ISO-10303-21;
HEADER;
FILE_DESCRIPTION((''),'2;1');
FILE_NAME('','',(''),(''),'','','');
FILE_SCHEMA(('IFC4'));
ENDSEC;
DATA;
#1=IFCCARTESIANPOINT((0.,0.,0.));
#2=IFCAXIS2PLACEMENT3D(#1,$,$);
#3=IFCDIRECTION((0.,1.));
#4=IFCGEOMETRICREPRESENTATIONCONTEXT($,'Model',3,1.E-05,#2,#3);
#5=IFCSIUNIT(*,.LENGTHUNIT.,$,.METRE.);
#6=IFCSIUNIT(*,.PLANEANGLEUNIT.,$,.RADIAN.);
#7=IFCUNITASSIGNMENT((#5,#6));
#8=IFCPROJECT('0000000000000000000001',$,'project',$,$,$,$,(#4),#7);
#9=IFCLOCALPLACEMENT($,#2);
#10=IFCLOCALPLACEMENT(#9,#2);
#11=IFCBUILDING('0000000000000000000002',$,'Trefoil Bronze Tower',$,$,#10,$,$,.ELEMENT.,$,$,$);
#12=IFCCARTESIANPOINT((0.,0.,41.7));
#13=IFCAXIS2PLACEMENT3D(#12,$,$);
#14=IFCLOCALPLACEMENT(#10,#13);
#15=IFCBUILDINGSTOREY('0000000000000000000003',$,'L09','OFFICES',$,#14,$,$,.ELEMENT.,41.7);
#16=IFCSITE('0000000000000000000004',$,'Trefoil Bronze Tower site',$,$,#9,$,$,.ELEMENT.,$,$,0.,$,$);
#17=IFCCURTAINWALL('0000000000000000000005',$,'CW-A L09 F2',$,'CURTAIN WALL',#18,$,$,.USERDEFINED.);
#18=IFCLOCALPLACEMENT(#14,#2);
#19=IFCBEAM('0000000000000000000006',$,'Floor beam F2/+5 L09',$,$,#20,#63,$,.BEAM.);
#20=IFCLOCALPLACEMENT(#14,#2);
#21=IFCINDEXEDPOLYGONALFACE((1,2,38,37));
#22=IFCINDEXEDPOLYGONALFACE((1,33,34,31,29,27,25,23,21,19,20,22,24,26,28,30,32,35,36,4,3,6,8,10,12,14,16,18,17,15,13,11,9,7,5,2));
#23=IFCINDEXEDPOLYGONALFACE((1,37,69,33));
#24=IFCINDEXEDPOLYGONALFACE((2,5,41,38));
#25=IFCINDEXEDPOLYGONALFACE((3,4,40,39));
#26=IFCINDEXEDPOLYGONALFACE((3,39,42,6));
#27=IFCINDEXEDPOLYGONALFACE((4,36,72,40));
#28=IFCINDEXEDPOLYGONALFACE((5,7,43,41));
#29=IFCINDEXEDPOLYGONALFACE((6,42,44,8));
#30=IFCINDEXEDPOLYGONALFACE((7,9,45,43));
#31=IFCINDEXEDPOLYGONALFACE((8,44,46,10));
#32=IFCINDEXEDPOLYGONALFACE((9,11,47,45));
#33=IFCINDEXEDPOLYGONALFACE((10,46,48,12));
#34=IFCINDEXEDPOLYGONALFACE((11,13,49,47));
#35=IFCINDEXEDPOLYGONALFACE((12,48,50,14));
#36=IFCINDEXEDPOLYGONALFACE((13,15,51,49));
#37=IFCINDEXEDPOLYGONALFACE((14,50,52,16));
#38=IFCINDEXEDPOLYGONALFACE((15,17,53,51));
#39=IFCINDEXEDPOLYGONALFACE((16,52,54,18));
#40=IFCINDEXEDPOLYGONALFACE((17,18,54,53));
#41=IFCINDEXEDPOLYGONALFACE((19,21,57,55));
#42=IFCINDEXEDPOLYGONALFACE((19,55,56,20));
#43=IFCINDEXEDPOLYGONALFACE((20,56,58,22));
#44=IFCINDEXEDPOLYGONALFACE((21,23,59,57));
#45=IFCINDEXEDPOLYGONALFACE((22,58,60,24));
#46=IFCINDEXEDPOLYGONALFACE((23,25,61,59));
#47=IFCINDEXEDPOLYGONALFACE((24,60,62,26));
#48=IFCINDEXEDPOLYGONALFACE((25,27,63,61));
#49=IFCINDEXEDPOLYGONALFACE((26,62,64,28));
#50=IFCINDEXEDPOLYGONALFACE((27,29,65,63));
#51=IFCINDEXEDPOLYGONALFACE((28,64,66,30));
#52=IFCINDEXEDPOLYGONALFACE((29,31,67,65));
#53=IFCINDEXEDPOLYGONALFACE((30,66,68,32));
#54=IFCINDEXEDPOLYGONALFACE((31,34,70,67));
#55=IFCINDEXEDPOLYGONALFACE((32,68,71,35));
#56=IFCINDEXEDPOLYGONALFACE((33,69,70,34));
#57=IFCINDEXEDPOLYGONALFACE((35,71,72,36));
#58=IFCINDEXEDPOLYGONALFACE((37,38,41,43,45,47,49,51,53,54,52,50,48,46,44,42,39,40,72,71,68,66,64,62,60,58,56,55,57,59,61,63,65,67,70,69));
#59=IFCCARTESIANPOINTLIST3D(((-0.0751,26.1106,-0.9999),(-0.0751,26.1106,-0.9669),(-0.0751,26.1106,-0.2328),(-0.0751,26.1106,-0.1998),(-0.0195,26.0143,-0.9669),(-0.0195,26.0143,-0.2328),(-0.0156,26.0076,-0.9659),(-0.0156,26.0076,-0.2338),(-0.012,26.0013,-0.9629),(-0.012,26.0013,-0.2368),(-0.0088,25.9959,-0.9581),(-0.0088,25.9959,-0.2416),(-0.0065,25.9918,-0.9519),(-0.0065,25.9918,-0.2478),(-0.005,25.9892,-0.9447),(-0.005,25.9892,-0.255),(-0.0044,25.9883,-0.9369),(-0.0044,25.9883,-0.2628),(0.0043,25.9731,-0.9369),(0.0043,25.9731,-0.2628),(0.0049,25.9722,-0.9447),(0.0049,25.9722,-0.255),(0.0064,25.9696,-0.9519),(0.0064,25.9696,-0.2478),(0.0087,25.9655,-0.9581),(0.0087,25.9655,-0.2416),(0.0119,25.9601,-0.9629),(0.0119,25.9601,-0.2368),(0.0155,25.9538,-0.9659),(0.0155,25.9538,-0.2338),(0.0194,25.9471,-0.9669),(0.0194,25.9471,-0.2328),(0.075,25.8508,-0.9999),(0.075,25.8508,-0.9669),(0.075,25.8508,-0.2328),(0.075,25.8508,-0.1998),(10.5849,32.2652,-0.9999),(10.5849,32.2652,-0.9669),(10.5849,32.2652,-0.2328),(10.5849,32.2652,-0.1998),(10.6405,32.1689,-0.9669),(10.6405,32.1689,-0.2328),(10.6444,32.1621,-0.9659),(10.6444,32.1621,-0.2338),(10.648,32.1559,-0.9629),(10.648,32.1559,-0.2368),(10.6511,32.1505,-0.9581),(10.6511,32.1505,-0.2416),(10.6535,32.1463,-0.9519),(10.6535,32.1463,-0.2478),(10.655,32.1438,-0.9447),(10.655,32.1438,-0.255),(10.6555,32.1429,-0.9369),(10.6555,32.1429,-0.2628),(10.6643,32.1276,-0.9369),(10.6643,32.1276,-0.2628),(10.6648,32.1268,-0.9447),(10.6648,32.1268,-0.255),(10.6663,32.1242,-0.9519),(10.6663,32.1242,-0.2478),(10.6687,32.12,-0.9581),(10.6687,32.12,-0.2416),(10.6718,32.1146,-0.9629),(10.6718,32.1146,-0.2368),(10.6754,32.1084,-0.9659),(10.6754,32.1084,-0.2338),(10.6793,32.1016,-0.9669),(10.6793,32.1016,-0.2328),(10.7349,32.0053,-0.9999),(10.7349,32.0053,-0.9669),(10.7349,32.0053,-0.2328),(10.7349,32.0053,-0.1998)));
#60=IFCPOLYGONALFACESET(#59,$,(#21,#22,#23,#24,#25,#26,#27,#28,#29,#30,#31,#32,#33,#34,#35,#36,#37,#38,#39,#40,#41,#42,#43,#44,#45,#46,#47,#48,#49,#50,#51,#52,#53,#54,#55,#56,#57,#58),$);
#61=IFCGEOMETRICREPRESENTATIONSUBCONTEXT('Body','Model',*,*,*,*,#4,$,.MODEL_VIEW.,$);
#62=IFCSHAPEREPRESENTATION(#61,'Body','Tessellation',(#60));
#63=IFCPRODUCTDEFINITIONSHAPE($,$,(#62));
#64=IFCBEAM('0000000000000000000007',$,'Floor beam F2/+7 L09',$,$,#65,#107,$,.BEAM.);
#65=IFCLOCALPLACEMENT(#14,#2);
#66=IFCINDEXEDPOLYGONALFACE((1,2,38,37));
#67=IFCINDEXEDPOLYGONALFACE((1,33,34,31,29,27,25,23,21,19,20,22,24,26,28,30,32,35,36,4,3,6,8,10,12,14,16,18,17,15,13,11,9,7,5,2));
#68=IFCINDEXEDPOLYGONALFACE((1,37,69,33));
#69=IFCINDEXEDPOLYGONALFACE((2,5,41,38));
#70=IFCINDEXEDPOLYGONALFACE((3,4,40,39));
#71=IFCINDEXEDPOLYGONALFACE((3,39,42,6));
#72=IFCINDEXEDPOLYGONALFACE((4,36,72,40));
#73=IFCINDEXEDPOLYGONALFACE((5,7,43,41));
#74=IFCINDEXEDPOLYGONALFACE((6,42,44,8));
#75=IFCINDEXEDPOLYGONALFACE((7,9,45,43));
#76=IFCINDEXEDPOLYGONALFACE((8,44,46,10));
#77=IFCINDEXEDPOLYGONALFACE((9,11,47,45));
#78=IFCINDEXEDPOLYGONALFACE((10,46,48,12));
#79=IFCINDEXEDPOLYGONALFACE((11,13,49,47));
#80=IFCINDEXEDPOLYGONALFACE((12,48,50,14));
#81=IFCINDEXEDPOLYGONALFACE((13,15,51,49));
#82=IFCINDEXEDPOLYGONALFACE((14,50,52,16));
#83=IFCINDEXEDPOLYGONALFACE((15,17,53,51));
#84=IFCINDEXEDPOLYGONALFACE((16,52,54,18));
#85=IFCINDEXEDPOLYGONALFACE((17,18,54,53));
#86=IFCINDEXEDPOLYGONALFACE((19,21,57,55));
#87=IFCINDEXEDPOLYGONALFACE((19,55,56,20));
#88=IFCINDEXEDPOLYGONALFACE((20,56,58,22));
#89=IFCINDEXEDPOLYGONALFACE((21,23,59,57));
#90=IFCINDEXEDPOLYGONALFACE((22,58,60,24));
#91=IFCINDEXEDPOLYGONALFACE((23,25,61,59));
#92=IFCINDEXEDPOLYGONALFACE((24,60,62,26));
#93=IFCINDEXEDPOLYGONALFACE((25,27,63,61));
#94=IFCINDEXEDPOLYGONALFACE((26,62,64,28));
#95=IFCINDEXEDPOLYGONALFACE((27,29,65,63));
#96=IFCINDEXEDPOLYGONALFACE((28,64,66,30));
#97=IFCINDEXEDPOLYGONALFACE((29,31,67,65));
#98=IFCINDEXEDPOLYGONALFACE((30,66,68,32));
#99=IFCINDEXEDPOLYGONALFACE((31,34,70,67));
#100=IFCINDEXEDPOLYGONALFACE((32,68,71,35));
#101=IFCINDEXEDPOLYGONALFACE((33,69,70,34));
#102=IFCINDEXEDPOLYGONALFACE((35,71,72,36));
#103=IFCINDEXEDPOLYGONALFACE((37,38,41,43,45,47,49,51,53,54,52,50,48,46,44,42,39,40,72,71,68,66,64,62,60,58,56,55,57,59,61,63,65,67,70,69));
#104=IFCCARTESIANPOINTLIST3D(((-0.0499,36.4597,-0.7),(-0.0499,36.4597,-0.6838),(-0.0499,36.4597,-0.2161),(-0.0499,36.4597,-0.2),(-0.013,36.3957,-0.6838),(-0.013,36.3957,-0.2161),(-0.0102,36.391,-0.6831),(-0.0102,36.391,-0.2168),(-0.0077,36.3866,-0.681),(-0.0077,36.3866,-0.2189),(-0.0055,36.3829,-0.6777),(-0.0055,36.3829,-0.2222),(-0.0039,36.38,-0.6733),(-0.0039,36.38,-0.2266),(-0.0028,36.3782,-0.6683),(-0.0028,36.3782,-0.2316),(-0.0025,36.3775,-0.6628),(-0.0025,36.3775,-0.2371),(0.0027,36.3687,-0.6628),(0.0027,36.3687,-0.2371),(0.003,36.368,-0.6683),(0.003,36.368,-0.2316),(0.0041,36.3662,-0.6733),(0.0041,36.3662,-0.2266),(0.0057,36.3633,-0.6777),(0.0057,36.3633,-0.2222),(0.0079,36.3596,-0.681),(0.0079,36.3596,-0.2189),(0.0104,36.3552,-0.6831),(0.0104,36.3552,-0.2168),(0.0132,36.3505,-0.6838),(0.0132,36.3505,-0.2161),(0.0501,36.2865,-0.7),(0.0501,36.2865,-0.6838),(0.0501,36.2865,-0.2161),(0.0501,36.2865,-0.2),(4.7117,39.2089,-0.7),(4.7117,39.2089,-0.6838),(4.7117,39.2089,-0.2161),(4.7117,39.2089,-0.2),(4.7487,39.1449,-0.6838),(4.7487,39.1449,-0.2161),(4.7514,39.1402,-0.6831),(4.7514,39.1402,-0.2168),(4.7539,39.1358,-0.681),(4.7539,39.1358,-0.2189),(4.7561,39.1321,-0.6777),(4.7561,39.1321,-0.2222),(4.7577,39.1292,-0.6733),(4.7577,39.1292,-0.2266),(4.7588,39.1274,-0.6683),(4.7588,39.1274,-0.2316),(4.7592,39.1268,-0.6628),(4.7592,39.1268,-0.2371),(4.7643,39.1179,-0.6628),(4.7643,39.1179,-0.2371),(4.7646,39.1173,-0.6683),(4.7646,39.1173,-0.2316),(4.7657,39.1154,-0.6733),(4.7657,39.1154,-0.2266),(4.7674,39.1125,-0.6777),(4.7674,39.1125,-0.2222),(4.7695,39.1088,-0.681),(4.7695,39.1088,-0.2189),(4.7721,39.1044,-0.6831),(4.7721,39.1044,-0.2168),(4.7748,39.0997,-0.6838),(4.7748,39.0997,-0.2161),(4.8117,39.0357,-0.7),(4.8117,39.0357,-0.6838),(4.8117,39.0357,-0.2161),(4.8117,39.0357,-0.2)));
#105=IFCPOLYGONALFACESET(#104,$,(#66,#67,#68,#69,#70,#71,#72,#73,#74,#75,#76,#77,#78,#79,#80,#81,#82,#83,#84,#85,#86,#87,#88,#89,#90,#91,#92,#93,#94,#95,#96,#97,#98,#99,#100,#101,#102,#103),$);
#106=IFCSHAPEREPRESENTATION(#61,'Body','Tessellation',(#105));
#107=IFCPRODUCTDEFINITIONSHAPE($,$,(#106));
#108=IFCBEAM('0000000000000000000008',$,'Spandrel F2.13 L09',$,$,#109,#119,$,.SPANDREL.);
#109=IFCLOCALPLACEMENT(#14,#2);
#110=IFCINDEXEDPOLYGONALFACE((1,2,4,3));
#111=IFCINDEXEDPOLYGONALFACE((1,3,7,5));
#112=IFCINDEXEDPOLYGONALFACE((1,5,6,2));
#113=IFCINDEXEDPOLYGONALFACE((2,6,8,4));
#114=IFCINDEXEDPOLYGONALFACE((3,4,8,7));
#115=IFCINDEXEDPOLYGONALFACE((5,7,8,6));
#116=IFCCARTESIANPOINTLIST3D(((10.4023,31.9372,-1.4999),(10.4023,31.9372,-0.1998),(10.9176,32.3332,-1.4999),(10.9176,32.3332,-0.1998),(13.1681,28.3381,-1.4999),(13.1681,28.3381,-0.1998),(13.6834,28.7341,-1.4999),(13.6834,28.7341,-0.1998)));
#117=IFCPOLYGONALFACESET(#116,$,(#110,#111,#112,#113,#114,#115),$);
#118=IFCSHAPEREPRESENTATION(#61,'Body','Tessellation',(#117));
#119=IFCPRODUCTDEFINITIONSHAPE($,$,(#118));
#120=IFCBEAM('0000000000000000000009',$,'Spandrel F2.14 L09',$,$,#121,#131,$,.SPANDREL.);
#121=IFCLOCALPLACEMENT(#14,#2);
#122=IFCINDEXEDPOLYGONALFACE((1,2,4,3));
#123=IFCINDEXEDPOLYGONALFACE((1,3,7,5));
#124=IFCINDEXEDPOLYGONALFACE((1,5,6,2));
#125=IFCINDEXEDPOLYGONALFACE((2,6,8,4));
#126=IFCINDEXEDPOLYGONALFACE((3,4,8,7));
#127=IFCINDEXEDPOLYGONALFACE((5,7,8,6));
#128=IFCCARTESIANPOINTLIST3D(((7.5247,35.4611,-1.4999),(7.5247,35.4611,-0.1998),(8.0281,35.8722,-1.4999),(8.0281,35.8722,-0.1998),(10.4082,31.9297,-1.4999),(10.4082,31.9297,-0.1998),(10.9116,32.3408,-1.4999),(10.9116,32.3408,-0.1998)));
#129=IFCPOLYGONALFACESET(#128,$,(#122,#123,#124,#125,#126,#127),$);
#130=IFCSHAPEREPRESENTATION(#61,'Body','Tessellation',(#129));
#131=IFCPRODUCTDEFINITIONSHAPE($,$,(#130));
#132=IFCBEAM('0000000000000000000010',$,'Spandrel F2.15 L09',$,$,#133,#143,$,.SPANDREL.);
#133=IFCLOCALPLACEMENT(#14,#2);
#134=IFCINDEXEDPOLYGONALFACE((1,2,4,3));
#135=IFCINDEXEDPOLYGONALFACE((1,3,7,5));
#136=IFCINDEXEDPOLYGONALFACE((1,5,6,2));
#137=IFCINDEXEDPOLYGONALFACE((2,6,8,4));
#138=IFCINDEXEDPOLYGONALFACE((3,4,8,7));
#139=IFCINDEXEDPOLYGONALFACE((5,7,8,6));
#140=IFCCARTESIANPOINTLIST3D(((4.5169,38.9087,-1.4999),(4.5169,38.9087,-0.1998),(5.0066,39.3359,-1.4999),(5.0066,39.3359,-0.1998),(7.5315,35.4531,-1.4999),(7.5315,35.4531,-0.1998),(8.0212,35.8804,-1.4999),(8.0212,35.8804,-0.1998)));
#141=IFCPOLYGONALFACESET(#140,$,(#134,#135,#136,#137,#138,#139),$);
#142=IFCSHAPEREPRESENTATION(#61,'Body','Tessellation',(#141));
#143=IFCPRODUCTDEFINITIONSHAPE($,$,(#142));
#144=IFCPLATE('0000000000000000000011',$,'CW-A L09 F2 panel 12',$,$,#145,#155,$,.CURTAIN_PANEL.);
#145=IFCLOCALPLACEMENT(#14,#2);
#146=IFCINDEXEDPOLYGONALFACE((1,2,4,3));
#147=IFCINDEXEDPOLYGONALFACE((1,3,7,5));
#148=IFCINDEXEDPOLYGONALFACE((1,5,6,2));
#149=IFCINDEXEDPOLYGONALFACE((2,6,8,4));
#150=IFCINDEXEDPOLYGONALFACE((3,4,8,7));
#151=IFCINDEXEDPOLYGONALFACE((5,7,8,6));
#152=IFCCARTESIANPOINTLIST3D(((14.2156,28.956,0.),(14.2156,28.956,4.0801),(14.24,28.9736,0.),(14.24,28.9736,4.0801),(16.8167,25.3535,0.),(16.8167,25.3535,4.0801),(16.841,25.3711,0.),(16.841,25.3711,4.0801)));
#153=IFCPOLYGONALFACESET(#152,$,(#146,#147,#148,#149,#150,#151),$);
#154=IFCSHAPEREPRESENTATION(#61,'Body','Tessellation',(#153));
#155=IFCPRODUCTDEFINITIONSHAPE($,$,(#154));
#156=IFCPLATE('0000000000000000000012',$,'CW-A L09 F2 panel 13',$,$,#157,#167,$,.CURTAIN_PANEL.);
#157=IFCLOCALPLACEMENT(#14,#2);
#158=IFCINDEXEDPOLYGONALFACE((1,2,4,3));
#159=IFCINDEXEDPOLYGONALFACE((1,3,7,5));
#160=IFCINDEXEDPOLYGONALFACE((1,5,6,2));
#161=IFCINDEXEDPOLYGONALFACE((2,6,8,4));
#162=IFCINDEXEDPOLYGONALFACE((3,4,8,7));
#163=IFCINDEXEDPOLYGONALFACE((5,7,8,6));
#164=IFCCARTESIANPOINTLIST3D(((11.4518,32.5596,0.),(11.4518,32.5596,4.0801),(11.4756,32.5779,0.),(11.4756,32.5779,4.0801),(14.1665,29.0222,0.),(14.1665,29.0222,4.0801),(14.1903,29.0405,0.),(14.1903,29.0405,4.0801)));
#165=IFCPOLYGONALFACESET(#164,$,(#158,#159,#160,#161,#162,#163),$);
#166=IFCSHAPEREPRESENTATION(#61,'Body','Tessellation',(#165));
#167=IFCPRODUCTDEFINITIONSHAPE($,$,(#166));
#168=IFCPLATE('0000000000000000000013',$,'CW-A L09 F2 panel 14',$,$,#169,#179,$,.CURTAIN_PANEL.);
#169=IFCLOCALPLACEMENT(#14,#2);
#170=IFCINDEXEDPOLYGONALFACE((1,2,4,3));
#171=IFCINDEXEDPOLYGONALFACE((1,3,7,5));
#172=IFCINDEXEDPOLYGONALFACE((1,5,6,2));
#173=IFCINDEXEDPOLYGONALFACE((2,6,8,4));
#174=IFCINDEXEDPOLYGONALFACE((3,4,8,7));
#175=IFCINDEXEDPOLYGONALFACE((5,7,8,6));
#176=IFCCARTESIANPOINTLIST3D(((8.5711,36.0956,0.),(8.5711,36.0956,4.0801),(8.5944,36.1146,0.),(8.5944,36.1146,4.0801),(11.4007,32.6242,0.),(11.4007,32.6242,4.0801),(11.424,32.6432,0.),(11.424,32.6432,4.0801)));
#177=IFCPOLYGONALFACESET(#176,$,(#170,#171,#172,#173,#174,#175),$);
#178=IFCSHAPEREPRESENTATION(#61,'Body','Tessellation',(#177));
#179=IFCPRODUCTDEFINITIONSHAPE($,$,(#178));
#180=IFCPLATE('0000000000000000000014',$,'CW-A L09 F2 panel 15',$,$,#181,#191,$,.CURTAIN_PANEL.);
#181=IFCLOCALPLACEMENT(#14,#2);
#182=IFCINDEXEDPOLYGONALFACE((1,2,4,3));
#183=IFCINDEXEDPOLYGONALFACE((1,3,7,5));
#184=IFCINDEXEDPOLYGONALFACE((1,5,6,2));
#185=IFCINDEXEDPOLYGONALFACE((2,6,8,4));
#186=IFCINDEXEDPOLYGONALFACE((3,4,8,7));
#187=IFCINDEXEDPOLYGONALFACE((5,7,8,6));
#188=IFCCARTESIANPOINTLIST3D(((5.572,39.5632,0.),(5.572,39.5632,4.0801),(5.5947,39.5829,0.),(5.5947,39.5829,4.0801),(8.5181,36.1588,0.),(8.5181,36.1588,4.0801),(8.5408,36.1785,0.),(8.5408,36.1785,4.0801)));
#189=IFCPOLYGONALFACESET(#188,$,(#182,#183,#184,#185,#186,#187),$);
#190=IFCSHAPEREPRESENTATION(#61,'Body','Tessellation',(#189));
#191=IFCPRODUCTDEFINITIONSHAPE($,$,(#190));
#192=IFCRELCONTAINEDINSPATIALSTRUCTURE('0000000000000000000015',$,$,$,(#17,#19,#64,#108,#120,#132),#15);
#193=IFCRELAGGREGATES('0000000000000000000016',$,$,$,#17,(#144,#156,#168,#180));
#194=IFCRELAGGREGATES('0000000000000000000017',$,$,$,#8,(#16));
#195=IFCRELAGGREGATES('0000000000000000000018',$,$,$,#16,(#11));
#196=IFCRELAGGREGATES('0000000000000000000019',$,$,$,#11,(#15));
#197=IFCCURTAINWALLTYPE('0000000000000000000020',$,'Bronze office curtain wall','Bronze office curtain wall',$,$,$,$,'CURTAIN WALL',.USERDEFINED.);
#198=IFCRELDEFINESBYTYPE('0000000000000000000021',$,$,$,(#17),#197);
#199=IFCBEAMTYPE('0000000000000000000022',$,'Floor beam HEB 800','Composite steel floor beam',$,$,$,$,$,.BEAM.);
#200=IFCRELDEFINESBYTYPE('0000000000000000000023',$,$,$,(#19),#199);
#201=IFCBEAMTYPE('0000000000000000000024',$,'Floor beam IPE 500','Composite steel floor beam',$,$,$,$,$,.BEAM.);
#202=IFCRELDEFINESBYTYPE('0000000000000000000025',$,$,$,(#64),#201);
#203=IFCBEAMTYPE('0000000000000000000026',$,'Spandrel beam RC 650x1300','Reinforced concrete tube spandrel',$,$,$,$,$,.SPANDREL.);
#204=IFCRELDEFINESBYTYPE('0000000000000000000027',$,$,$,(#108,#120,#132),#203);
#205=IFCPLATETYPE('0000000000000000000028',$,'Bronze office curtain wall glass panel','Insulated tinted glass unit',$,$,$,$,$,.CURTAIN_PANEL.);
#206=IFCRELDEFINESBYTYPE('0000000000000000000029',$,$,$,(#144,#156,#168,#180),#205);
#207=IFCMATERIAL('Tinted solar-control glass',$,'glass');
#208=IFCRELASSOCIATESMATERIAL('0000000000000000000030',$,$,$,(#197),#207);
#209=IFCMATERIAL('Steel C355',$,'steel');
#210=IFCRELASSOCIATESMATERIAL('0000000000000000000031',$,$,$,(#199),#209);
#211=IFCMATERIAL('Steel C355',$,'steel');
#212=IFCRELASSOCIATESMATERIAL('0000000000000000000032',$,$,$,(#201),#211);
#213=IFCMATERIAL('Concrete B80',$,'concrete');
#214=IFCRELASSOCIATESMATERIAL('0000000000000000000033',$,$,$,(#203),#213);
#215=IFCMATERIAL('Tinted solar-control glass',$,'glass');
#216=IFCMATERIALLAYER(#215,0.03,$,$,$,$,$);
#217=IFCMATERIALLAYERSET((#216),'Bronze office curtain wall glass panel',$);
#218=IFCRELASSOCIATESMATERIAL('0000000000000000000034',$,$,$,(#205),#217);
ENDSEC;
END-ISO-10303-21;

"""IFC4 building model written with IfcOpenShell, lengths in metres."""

from ifc_helpers import new_model, si_unit, direction, frame, origin, origin_2d, place, context, subcontext, project, spatial, rectangle, i_section, extrude, material, layer, layer_set, material_profile, profile_set, type_object, element, aggregate, save


model = new_model("IFC4")

# Units and contexts
model_context = context("Model", 3, precision=1e-05, world=origin(), true_north=direction((0.0, 1.0)))
body_context = subcontext(model_context, "Body", "Model", "MODEL_VIEW")
ifc_project = project(units=[si_unit("LENGTHUNIT", "METRE"), si_unit("PLANEANGLEUNIT", "RADIAN")], contexts=[model_context])

# Site, building, storey
site_placement = place(None, origin())
site = spatial("IfcSite", under=ifc_project, at=site_placement, Name="Trefoil Bronze Tower site", CompositionType="ELEMENT", RefElevation=0.0)
building_placement = place(site_placement, origin())
building = spatial("IfcBuilding", under=site, at=building_placement, Name="Trefoil Bronze Tower", CompositionType="ELEMENT")
storey_placement = place(building_placement, frame((0.0, 0.0, 41.7)))
storey = spatial("IfcBuildingStorey", under=building, at=storey_placement, Name="L09", Description="OFFICES", CompositionType="ELEMENT", Elevation=41.7)

# Curtain wall
ifc_material_1 = material(Name="Tinted solar-control glass", Category="glass")
curtain_wall_type_1 = type_object("IfcCurtainWallType", Name="Bronze office curtain wall", Description="Bronze office curtain wall", ElementType="CURTAIN WALL", PredefinedType="USERDEFINED", material=ifc_material_1)
curtain_wall_1_placement = place(storey_placement, origin())
curtain_wall_1 = element("IfcCurtainWall", 1, at=curtain_wall_1_placement, inside=storey, type_object=curtain_wall_type_1, Name="CW-A L09 F2", ObjectType="CURTAIN WALL", PredefinedType="USERDEFINED")

# Beams
ifc_material_2 = material(Name="Steel C355", Category="steel")
ifc_material_profile_1 = material_profile(ifc_material_2, i_section(OverallWidth=0.3, OverallDepth=0.8, WebThickness=0.0176, FlangeThickness=0.033, FilletRadius=0.03, at=origin_2d()), Name="HEB 800")
ifc_profile_set_1 = profile_set([ifc_material_profile_1], Name="Steel C355")
beam_type_1 = type_object("IfcBeamType", Name="Floor beam HEB 800", Description="Composite steel floor beam", PredefinedType="BEAM", material=ifc_profile_set_1)
beam_1_placement = place(storey_placement, frame((10.6599, 32.1353, -0.5999), z_axis=(-0.866024, -0.500002, 0.0), x_axis=(0.500002, -0.866024, 0.0)))
element("IfcBeam", 2, at=beam_1_placement, inside=storey, type_object=beam_type_1, Name="Floor beam F2/+5 L09", PredefinedType="BEAM", context=body_context, shape_type="SweptSolid", body=[
    extrude(i_section(OverallWidth=0.3, OverallDepth=0.8, WebThickness=0.0176, FlangeThickness=0.033, FilletRadius=0.03, at=origin_2d()), origin(), (0.0, 0.0, 1.0), 12.3091),
])
ifc_material_3 = material(Name="Steel C355", Category="steel")
ifc_material_profile_2 = material_profile(ifc_material_3, i_section(OverallWidth=0.2, OverallDepth=0.5, WebThickness=0.0103, FlangeThickness=0.0161, FilletRadius=0.021, at=origin_2d()), Name="IPE 500")
ifc_profile_set_2 = profile_set([ifc_material_profile_2], Name="Steel C355")
beam_type_2 = type_object("IfcBeamType", Name="Floor beam IPE 500", Description="Composite steel floor beam", PredefinedType="BEAM", material=ifc_profile_set_2)
beam_2_placement = place(storey_placement, frame((4.7617, 39.1223, -0.45), z_axis=(-0.866018, -0.500012, 0.0), x_axis=(0.500012, -0.866018, 0.0)))
element("IfcBeam", 3, at=beam_2_placement, inside=storey, type_object=beam_type_2, Name="Floor beam F2/+7 L09", PredefinedType="BEAM", context=body_context, shape_type="SweptSolid", body=[
    extrude(i_section(OverallWidth=0.2, OverallDepth=0.5, WebThickness=0.0103, FlangeThickness=0.0161, FilletRadius=0.021, at=origin_2d()), origin(), (0.0, 0.0, 1.0), 5.4983),
])
ifc_material_4 = material(Name="Concrete B80", Category="concrete")
ifc_material_profile_3 = material_profile(ifc_material_4, rectangle(XDim=0.6499, YDim=1.3, at=origin_2d()), Name="RC 650x1300")
ifc_profile_set_3 = profile_set([ifc_material_profile_3], Name="Concrete B80")
beam_type_3 = type_object("IfcBeamType", Name="Spandrel beam RC 650x1300", Description="Reinforced concrete tube spandrel", PredefinedType="SPANDREL", material=ifc_profile_set_3)
beam_3_placement = place(storey_placement, frame((13.4258, 28.5361, -0.8499), z_axis=(-0.609339, 0.79291, 0.0), x_axis=(-0.79291, -0.609339, 0.0)))
element("IfcBeam", 4, at=beam_3_placement, inside=storey, type_object=beam_type_3, Name="Spandrel F2.13 L09", PredefinedType="SPANDREL", context=body_context, shape_type="SweptSolid", body=[
    extrude(rectangle(XDim=0.6499, YDim=1.3, at=origin_2d()), origin(), (0.0, 0.0, 1.0), 4.5391),
])
beam_4_placement = place(storey_placement, frame((10.6599, 32.1353, -0.8499), z_axis=(-0.632468, 0.774587, 0.0), x_axis=(-0.774587, -0.632468, 0.0)))
element("IfcBeam", 5, at=beam_4_placement, inside=storey, type_object=beam_type_3, Name="Spandrel F2.14 L09", PredefinedType="SPANDREL", context=body_context, shape_type="SweptSolid", body=[
    extrude(rectangle(XDim=0.6499, YDim=1.3, at=origin_2d()), origin(), (0.0, 0.0, 1.0), 4.5591),
])
beam_5_placement = place(storey_placement, frame((7.7764, 35.6667, -0.8499), z_axis=(-0.657396, 0.753545, 0.0), x_axis=(-0.753545, -0.657396, 0.0)))
element("IfcBeam", 6, at=beam_5_placement, inside=storey, type_object=beam_type_3, Name="Spandrel F2.15 L09", PredefinedType="SPANDREL", context=body_context, shape_type="SweptSolid", body=[
    extrude(rectangle(XDim=0.6499, YDim=1.3, at=origin_2d()), origin(), (0.0, 0.0, 1.0), 4.5857),
])

# Plates
ifc_material_5 = material(Name="Tinted solar-control glass", Category="glass")
ifc_layer_1 = layer(ifc_material_5, 0.03)
ifc_layer_set_1 = layer_set([ifc_layer_1], Name="Bronze office curtain wall glass panel")
plate_type_1 = type_object("IfcPlateType", Name="Bronze office curtain wall glass panel", Description="Insulated tinted glass unit", PredefinedType="CURTAIN_PANEL", material=ifc_layer_set_1)
plate_1_placement = place(storey_placement, frame((15.5283, 27.1636, 0.0), z_axis=(0.0, 0.0, 1.0), x_axis=(-0.585373, 0.810764, 0.0)))
plate_1 = element("IfcPlate", 7, at=plate_1_placement, type_object=plate_type_1, Name="CW-A L09 F2 panel 12", PredefinedType="CURTAIN_PANEL", context=body_context, shape_type="SweptSolid", body=[
    extrude(rectangle(XDim=4.4434, YDim=0.03, at=origin_2d()), origin(), (0.0, 0.0, 1.0), 4.0801),
])
plate_2_placement = place(storey_placement, frame((12.821, 30.8, 0.0), z_axis=(0.0, 0.0, 1.0), x_axis=(-0.608808, 0.793318, 0.0)))
plate_2 = element("IfcPlate", 8, at=plate_2_placement, type_object=plate_type_1, Name="CW-A L09 F2 panel 13", PredefinedType="CURTAIN_PANEL", context=body_context, shape_type="SweptSolid", body=[
    extrude(rectangle(XDim=4.459, YDim=0.03, at=origin_2d()), origin(), (0.0, 0.0, 1.0), 4.0801),
])
plate_3_placement = place(storey_placement, frame((9.9976, 34.3694, 0.0), z_axis=(0.0, 0.0, 1.0), x_axis=(-0.631811, 0.775123, 0.0)))
plate_3 = element("IfcPlate", 9, at=plate_3_placement, type_object=plate_type_1, Name="CW-A L09 F2 panel 14", PredefinedType="CURTAIN_PANEL", context=body_context, shape_type="SweptSolid", body=[
    extrude(rectangle(XDim=4.4785, YDim=0.03, at=origin_2d()), origin(), (0.0, 0.0, 1.0), 4.0801),
])
plate_4_placement = place(storey_placement, frame((7.0564, 37.8708, 0.0), z_axis=(0.0, 0.0, 1.0), x_axis=(-0.654376, 0.756169, 0.0)))
plate_4 = element("IfcPlate", 10, at=plate_4_placement, type_object=plate_type_1, Name="CW-A L09 F2 panel 15", PredefinedType="CURTAIN_PANEL", context=body_context, shape_type="SweptSolid", body=[
    extrude(rectangle(XDim=4.5022, YDim=0.03, at=origin_2d()), origin(), (0.0, 0.0, 1.0), 4.0801),
])
aggregate(curtain_wall_1, [plate_1, plate_2, plate_3, plate_4])

save(model, "model.ifc")
